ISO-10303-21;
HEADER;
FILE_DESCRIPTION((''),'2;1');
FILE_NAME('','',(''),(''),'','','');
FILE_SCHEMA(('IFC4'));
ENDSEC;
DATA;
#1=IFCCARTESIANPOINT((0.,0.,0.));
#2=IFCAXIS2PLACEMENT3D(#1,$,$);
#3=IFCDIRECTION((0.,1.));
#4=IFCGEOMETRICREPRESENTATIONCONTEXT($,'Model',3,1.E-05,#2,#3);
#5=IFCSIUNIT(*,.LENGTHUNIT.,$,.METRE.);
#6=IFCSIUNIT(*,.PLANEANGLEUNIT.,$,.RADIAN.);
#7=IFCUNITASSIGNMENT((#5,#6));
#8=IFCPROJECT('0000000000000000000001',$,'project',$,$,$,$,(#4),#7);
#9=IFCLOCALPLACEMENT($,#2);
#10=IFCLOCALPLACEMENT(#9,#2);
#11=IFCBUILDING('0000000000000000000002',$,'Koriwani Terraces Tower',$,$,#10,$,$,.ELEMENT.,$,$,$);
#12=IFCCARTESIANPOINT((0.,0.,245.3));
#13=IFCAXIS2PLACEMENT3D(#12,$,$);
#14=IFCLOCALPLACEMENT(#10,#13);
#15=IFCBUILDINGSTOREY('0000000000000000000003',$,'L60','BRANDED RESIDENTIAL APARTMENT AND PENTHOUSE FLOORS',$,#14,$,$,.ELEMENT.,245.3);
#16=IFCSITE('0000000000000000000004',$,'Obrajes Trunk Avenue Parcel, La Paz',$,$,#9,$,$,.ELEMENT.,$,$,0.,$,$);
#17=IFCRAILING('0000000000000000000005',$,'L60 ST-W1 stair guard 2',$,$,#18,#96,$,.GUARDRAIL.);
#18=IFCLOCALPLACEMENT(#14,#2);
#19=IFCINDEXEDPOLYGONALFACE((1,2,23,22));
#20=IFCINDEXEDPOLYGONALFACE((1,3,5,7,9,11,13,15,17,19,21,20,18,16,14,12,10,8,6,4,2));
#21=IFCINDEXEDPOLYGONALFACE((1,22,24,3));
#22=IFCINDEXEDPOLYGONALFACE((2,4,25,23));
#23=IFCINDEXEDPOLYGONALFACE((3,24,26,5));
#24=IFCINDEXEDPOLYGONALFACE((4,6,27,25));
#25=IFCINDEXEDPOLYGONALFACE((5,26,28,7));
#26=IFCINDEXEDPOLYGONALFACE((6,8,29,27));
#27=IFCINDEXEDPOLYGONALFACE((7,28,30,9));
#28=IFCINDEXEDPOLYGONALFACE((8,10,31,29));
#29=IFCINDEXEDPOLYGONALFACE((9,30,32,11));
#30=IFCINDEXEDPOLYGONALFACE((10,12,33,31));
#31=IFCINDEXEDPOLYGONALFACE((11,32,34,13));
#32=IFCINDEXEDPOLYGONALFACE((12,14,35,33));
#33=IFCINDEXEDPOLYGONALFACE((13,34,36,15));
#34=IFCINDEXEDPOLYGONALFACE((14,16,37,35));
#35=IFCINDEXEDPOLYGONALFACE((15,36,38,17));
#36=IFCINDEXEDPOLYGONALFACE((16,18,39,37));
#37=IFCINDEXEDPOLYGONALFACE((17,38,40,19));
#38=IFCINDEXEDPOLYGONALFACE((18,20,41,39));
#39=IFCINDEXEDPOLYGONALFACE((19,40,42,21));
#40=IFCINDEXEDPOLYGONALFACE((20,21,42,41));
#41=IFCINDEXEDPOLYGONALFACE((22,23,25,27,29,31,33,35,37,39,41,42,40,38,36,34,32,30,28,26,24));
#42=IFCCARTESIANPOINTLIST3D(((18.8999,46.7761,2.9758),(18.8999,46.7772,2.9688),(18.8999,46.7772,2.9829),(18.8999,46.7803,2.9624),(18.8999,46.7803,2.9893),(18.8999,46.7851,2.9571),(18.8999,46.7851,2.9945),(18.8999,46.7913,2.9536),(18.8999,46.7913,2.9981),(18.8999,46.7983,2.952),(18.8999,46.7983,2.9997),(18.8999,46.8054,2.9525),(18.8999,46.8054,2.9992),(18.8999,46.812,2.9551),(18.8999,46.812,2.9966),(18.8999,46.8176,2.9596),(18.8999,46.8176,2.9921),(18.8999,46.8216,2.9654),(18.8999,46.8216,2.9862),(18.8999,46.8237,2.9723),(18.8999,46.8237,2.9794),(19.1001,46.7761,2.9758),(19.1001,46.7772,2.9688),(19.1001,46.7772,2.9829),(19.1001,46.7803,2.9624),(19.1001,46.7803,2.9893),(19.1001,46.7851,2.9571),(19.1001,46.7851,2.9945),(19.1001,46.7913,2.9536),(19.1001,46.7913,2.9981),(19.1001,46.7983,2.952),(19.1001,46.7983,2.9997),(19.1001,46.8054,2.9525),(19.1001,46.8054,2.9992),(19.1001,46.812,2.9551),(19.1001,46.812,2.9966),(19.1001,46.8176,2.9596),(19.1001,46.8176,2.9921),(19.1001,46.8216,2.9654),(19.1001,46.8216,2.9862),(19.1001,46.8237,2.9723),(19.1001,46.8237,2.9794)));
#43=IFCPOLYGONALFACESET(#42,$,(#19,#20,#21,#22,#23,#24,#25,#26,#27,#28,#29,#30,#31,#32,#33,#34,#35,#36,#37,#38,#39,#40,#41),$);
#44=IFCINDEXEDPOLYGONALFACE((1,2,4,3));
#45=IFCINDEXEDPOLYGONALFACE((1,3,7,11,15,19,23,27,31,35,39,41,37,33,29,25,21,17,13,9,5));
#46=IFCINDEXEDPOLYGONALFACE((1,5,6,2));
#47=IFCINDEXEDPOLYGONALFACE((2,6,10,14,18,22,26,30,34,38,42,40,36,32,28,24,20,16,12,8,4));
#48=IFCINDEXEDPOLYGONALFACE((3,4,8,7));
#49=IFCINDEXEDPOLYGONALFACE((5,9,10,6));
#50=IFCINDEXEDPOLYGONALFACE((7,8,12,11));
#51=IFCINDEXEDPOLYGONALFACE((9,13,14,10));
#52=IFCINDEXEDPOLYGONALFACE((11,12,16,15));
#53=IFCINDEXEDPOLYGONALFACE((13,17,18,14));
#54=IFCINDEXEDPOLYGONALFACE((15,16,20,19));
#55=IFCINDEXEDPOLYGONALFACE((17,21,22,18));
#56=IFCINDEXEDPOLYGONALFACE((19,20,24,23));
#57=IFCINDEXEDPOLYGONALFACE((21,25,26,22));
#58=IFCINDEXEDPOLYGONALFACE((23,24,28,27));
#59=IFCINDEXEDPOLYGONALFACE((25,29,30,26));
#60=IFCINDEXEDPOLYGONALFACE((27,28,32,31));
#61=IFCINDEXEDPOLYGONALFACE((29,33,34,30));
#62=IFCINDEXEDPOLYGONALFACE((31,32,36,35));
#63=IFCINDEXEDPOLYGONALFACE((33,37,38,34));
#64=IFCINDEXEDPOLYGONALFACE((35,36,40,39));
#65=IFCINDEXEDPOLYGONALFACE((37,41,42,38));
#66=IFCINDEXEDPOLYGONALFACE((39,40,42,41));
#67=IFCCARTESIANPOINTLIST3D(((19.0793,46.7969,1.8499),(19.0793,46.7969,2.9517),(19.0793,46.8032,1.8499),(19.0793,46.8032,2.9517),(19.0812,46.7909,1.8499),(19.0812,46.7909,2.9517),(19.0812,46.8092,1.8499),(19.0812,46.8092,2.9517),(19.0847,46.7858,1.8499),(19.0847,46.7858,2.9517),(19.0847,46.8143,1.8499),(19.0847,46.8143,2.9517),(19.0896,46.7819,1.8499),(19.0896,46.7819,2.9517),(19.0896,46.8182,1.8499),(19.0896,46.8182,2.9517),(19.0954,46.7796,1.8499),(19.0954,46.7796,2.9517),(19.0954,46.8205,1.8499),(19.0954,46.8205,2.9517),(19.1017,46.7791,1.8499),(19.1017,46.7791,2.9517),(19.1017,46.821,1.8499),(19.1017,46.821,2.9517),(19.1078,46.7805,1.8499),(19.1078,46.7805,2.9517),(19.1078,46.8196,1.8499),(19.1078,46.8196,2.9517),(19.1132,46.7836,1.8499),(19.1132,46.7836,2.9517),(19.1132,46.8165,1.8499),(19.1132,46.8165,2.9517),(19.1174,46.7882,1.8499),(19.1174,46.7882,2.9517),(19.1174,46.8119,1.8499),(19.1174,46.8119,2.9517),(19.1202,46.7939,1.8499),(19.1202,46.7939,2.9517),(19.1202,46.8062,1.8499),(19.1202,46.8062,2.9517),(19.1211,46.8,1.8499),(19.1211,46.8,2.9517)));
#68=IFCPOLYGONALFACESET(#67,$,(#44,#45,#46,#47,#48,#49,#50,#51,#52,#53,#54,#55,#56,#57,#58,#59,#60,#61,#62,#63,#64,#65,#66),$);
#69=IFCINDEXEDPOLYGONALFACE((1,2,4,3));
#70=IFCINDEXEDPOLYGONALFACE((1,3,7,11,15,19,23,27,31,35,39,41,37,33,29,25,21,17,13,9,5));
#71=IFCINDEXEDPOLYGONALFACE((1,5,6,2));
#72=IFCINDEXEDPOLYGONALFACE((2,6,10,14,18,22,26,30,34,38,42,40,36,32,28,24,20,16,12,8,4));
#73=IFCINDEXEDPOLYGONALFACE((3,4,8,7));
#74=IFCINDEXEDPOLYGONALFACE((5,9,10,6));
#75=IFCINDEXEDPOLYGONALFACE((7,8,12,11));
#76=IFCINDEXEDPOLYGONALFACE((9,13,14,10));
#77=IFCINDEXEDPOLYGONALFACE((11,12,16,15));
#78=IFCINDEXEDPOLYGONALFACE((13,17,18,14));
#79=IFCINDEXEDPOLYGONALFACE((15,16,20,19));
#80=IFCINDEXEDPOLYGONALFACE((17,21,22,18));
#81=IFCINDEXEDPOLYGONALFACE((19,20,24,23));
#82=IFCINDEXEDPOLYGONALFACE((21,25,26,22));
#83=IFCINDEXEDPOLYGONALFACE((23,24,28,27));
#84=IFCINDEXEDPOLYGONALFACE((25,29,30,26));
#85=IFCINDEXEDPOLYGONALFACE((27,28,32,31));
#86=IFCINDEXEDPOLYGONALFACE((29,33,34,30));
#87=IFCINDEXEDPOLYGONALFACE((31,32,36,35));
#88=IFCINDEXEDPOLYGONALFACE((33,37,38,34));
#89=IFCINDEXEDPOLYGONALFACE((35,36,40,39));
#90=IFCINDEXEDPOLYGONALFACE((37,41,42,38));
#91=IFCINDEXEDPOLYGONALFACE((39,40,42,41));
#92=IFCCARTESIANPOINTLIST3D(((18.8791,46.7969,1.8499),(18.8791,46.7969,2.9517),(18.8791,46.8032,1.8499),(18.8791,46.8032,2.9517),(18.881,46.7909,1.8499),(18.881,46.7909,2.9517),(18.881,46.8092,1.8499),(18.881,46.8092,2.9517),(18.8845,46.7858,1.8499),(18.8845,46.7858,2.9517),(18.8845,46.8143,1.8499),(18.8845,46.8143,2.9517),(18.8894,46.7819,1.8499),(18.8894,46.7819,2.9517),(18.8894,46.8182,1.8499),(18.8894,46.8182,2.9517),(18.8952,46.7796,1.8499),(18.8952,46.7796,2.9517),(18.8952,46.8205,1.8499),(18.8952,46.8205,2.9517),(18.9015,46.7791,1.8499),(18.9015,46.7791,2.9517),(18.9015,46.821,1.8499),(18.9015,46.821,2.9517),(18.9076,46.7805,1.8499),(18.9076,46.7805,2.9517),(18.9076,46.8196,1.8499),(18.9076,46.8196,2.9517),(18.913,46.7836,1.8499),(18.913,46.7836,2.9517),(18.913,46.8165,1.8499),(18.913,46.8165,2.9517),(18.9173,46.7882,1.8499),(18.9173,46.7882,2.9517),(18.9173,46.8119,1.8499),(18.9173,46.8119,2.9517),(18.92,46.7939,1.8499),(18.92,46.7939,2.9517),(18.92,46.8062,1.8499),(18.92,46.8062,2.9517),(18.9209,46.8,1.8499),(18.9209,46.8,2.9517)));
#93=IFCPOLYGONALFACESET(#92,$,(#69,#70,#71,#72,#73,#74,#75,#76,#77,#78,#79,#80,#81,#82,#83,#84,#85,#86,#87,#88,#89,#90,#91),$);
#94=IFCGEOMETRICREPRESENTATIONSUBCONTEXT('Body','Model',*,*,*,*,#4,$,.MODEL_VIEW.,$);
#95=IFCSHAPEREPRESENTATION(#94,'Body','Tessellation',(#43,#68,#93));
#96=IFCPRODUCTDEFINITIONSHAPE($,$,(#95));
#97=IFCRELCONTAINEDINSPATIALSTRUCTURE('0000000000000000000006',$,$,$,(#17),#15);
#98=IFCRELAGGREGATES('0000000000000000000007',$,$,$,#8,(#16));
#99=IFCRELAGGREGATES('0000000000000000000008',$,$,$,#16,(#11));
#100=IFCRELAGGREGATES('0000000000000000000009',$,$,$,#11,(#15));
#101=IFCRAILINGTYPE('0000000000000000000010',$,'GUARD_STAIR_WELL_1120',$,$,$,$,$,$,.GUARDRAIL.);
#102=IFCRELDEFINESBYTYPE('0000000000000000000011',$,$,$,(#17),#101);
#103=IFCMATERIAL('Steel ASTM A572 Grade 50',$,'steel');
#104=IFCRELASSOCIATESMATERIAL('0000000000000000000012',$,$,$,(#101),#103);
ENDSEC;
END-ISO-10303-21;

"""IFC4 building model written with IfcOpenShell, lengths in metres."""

from ifc_helpers import new_model, si_unit, direction, frame, origin, origin_2d, place, context, subcontext, project, spatial, circle, extrude, material, type_object, element, save


model = new_model("IFC4")

# Units and contexts
model_context = context("Model", 3, precision=1e-05, world=origin(), true_north=direction((0.0, 1.0)))
body_context = subcontext(model_context, "Body", "Model", "MODEL_VIEW")
ifc_project = project(units=[si_unit("LENGTHUNIT", "METRE"), si_unit("PLANEANGLEUNIT", "RADIAN")], contexts=[model_context])

# Site, building, storey
site_placement = place(None, origin())
site = spatial("IfcSite", under=ifc_project, at=site_placement, Name="Obrajes Trunk Avenue Parcel, La Paz", CompositionType="ELEMENT", RefElevation=0.0)
building_placement = place(site_placement, origin())
building = spatial("IfcBuilding", under=site, at=building_placement, Name="Koriwani Terraces Tower", CompositionType="ELEMENT")
storey_placement = place(building_placement, frame((0.0, 0.0, 245.3)))
storey = spatial("IfcBuildingStorey", under=building, at=storey_placement, Name="L60", Description="BRANDED RESIDENTIAL APARTMENT AND PENTHOUSE FLOORS", CompositionType="ELEMENT", Elevation=245.3)

# Railing
ifc_material_1 = material(Name="Steel ASTM A572 Grade 50", Category="steel")
railing_type_1 = type_object("IfcRailingType", Name="GUARD_STAIR_WELL_1120", PredefinedType="GUARDRAIL", material=ifc_material_1)
railing_1_placement = place(storey_placement, frame((19.1001, 46.8, 1.8499)))
element("IfcRailing", 1, at=railing_1_placement, inside=storey, type_object=railing_type_1, Name="L60 ST-W1 stair guard 2", PredefinedType="GUARDRAIL", context=body_context, shape_type="SweptSolid", body=[
    extrude(circle(Radius=0.0239, at=origin_2d()), frame((0.0, 0.0, 1.126), z_axis=(-1.0, 0.0, 0.0), x_axis=(0.0, -1.0, 0.0)), (0.0, 0.0, 1.0), 0.2002),
    extrude(circle(Radius=0.021, at=origin_2d()), origin(), (0.0, 0.0, 1.0), 1.1018),
    extrude(circle(Radius=0.021, at=origin_2d()), frame((-0.2002, 0.0, 0.0)), (0.0, 0.0, 1.0), 1.1018),
])

save(model, "model.ifc")
